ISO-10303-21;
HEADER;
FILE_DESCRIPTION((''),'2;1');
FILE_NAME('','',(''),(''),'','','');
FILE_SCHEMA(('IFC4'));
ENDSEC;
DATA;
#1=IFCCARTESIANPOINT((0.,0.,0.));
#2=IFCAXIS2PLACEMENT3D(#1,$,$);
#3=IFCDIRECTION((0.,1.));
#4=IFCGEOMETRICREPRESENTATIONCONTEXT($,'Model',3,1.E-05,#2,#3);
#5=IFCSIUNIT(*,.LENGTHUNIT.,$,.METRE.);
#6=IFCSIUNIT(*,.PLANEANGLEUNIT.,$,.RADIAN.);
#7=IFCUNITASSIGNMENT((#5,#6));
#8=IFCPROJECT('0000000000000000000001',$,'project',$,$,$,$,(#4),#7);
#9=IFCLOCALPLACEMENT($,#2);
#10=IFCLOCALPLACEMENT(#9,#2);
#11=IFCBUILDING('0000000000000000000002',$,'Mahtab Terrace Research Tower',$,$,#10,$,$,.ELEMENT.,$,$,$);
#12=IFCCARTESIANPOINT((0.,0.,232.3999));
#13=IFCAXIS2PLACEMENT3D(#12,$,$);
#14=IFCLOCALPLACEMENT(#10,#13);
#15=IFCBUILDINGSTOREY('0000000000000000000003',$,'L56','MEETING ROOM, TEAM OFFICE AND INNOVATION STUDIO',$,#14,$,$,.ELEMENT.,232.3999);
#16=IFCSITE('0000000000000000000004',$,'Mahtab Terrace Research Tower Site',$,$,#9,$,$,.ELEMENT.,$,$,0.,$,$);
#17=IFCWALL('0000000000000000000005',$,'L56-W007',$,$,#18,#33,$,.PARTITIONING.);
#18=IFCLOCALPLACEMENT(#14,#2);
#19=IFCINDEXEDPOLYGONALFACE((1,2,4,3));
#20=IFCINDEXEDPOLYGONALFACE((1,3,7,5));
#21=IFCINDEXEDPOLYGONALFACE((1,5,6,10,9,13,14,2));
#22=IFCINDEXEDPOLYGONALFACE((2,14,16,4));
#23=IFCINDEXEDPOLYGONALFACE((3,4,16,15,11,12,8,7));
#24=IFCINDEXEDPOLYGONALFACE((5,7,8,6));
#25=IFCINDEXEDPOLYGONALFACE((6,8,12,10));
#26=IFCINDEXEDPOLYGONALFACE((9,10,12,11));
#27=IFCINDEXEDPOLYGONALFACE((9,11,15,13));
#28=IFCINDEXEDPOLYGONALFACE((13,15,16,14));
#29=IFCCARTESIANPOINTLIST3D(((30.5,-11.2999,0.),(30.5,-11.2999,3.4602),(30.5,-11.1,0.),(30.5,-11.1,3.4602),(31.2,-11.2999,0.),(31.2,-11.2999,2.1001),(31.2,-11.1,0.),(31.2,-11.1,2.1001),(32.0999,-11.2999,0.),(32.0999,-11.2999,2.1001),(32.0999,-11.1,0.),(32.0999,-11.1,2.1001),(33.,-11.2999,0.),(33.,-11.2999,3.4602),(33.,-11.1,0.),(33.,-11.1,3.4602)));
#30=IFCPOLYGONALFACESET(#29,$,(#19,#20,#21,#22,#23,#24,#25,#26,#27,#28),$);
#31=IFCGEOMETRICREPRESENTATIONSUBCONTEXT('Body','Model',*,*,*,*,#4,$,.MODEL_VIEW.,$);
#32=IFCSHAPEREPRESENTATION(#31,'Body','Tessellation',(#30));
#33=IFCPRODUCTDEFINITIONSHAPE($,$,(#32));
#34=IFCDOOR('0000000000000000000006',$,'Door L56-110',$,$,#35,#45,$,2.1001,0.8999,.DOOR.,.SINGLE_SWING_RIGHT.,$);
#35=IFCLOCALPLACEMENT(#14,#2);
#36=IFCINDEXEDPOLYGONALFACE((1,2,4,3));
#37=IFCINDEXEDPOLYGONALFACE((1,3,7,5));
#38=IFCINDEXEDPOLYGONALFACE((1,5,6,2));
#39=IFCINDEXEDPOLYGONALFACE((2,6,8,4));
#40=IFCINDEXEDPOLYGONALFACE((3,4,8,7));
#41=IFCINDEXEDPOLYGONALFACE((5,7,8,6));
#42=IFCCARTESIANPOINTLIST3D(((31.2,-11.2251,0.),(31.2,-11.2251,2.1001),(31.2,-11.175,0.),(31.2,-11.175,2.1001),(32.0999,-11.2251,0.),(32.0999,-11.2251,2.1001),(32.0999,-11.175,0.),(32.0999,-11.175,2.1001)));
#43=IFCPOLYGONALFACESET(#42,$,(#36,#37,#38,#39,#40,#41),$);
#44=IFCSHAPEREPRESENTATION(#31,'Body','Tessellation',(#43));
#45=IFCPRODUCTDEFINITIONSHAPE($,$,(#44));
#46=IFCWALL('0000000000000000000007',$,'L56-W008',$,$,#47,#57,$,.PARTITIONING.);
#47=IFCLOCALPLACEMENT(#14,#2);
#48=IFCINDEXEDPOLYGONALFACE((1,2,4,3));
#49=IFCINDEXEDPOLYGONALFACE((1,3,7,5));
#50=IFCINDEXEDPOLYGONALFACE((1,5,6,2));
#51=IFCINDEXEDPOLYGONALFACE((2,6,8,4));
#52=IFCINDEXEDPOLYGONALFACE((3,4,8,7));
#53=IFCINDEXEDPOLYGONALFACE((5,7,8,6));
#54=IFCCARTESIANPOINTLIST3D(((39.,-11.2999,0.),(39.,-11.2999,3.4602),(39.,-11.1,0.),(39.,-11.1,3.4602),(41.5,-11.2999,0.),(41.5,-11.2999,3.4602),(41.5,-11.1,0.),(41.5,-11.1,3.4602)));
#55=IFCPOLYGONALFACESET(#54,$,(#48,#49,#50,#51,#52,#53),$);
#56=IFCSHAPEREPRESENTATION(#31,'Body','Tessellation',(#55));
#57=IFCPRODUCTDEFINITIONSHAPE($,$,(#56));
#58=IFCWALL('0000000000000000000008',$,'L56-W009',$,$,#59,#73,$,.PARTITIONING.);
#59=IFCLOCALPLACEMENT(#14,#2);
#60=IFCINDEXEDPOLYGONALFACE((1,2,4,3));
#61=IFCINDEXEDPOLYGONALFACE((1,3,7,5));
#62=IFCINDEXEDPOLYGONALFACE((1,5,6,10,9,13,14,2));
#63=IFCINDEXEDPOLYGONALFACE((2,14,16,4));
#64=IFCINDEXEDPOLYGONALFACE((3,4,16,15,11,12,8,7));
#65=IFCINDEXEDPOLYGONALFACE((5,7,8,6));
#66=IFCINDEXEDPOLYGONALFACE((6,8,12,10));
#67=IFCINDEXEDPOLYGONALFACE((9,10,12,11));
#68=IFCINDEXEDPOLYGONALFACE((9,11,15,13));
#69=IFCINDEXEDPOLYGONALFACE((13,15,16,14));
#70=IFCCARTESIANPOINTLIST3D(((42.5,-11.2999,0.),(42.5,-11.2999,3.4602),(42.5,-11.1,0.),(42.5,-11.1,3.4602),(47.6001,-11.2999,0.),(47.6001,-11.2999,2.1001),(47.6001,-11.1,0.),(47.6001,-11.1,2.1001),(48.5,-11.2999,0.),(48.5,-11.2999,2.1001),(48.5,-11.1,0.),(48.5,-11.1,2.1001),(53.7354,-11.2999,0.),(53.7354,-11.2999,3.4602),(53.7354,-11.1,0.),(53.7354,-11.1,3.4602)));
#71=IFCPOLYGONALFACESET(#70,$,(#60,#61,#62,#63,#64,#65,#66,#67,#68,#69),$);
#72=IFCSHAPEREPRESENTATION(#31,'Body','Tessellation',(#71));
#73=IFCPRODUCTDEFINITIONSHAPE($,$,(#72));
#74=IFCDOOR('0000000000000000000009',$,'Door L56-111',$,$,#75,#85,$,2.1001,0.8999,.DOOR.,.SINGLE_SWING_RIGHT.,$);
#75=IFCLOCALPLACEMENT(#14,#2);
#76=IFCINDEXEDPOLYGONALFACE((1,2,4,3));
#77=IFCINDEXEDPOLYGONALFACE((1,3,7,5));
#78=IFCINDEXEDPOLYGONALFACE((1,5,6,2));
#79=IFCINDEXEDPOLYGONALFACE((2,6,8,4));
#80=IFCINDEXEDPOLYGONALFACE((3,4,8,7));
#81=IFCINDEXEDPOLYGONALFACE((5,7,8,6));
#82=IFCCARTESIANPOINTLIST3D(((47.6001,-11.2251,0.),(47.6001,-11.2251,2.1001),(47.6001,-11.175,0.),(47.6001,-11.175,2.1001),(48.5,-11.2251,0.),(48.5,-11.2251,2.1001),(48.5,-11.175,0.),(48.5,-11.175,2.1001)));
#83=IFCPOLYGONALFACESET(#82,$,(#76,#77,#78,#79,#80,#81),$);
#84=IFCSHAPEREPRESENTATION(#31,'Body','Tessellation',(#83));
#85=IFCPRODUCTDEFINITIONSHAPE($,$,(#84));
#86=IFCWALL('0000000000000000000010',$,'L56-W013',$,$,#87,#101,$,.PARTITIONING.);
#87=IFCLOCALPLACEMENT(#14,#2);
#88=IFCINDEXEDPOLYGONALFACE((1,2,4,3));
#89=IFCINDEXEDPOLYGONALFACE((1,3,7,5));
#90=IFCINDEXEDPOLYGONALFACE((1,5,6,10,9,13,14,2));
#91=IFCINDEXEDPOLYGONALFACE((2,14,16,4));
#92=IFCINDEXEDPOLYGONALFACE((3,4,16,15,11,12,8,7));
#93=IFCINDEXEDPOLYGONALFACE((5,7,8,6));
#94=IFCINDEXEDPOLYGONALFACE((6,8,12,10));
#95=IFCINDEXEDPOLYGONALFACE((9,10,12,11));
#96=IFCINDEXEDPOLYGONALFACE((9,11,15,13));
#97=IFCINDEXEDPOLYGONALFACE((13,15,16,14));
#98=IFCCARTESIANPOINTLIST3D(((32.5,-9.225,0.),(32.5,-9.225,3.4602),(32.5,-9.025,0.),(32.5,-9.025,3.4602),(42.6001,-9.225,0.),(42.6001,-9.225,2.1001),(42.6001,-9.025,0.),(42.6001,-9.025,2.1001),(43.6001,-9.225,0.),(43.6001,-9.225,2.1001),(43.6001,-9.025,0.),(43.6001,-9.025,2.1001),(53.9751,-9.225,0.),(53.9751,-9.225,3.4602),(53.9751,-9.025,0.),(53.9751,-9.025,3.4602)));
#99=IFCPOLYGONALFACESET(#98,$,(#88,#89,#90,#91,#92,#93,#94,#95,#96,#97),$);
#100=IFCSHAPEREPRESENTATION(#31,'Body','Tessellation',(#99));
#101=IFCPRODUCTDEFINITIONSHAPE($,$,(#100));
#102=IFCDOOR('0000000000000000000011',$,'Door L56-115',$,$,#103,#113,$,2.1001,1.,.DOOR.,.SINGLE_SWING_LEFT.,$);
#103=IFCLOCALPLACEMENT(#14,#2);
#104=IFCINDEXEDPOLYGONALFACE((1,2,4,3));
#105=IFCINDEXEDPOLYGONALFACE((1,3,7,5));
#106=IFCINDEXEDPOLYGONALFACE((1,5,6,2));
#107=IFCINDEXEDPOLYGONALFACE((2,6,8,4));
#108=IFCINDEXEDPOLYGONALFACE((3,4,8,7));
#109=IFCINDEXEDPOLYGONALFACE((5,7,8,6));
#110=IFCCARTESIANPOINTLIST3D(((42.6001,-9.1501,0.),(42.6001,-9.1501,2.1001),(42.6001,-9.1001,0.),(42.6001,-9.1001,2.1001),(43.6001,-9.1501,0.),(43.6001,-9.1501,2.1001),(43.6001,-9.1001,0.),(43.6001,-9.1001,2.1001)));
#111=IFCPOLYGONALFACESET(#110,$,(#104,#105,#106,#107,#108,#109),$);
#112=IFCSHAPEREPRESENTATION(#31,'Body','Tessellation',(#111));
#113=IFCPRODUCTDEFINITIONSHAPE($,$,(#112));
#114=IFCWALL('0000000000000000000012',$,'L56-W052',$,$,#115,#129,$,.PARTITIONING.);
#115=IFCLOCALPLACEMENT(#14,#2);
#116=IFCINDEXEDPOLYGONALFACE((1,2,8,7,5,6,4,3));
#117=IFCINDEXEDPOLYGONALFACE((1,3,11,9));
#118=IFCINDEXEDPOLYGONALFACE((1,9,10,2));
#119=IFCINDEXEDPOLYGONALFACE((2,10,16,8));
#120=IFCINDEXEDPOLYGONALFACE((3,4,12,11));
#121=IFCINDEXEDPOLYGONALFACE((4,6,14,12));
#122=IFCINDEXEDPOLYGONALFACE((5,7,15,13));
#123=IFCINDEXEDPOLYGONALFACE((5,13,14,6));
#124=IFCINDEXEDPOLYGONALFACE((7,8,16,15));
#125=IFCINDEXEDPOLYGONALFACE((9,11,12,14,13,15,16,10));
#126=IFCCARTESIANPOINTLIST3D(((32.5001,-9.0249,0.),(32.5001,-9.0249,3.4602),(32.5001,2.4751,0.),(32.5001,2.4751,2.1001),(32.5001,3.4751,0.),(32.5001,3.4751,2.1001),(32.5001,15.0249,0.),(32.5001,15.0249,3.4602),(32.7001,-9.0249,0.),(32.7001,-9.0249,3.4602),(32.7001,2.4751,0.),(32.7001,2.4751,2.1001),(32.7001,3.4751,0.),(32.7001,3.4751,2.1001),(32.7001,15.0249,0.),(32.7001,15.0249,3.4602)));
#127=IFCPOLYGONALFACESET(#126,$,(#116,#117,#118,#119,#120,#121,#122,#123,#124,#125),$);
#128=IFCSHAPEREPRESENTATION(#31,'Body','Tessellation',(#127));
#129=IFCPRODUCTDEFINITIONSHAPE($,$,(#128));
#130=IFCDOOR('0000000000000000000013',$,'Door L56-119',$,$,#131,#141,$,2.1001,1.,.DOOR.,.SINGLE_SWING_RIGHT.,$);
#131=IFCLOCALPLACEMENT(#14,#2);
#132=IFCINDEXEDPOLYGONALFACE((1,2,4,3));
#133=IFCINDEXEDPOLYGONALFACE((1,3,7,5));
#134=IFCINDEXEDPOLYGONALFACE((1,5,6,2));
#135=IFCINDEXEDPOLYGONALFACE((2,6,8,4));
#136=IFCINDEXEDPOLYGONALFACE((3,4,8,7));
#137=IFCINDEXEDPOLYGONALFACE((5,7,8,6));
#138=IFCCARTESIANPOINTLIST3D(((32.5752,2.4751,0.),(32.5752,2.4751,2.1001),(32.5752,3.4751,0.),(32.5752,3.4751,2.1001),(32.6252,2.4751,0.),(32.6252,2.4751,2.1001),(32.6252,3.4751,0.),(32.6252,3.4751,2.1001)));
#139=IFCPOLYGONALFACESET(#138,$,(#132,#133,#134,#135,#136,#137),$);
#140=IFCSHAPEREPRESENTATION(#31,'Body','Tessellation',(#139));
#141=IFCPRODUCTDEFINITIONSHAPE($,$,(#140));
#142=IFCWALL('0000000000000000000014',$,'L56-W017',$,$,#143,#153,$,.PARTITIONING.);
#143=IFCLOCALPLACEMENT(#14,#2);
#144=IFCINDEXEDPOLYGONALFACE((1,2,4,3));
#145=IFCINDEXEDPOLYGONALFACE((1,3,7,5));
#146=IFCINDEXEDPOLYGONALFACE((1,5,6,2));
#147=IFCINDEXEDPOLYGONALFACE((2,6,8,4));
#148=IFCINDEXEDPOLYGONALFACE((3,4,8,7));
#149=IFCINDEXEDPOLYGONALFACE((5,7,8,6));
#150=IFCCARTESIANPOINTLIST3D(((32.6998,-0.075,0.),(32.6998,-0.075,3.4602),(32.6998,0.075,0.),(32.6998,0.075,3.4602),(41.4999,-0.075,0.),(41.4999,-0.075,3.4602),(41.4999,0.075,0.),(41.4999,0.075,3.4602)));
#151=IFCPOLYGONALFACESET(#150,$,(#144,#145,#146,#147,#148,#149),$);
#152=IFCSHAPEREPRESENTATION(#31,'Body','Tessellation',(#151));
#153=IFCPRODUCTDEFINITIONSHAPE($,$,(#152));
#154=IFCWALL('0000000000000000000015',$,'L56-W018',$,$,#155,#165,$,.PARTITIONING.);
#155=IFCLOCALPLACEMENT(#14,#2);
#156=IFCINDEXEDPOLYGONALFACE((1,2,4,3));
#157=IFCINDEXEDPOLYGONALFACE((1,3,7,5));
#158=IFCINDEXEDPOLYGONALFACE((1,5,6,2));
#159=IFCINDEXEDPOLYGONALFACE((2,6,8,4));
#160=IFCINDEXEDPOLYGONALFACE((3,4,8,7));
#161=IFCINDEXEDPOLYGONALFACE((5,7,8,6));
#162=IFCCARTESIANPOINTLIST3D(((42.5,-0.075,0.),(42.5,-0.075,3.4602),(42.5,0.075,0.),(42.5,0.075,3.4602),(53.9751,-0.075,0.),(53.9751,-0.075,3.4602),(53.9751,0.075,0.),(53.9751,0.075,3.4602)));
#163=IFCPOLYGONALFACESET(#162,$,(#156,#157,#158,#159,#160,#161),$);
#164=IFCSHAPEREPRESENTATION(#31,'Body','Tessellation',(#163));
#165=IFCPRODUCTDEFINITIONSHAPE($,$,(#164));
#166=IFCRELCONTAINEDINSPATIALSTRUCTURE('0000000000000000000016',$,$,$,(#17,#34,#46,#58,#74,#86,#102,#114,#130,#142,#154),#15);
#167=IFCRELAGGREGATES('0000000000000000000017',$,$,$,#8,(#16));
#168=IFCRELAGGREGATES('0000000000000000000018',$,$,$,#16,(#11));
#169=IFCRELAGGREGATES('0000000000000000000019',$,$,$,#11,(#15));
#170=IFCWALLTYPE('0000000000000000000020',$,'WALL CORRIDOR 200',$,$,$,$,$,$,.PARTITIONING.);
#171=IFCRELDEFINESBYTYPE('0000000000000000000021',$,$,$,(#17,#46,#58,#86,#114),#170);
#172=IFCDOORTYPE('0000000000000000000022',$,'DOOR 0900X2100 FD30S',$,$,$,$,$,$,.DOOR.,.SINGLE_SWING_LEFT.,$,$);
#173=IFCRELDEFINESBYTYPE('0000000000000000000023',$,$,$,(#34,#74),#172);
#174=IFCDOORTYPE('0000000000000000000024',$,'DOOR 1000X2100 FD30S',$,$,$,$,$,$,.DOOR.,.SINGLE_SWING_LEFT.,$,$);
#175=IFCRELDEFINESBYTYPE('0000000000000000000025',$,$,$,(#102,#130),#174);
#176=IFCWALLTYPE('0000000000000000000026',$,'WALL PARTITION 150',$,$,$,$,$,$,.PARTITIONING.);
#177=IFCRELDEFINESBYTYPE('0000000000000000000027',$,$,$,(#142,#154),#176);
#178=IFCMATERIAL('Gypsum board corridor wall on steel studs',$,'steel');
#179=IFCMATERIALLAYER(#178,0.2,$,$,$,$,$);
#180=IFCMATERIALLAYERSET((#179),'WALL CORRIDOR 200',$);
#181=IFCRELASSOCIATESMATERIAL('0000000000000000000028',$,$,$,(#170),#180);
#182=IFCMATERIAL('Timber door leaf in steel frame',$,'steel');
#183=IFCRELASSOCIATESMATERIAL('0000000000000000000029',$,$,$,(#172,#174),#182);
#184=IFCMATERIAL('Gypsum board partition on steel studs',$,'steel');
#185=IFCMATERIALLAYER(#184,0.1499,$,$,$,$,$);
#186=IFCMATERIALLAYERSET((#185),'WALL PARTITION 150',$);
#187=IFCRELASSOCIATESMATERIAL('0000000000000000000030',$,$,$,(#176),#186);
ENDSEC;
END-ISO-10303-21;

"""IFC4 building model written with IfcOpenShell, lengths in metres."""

from ifc_helpers import new_model, si_unit, direction, frame, frame_2d, origin, place, context, subcontext, project, spatial, rectangle, extrude, material, layer, layer_set, type_object, element, fill, save


model = new_model("IFC4")

# Units and contexts
model_context = context("Model", 3, precision=1e-05, world=origin(), true_north=direction((0.0, 1.0)))
body_context = subcontext(model_context, "Body", "Model", "MODEL_VIEW")
ifc_project = project(units=[si_unit("LENGTHUNIT", "METRE"), si_unit("PLANEANGLEUNIT", "RADIAN")], contexts=[model_context])

# Site, building, storey
site_placement = place(None, origin())
site = spatial("IfcSite", under=ifc_project, at=site_placement, Name="Mahtab Terrace Research Tower Site", CompositionType="ELEMENT", RefElevation=0.0)
building_placement = place(site_placement, origin())
building = spatial("IfcBuilding", under=site, at=building_placement, Name="Mahtab Terrace Research Tower", CompositionType="ELEMENT")
storey_placement = place(building_placement, frame((0.0, 0.0, 232.3999)))
storey = spatial("IfcBuildingStorey", under=building, at=storey_placement, Name="L56", Description="MEETING ROOM, TEAM OFFICE AND INNOVATION STUDIO", CompositionType="ELEMENT", Elevation=232.3999)

# Wall, opening, door
ifc_material_1 = material(Name="Gypsum board corridor wall on steel studs", Category="steel")
ifc_layer_1 = layer(ifc_material_1, 0.2)
ifc_layer_set_1 = layer_set([ifc_layer_1], Name="WALL CORRIDOR 200")
wall_type_1 = type_object("IfcWallType", Name="WALL CORRIDOR 200", PredefinedType="PARTITIONING", material=ifc_layer_set_1)
wall_1_placement = place(storey_placement, frame((30.5, -11.2, 0.0), z_axis=(0.0, 0.0, 1.0), x_axis=(1.0, 0.0, 0.0)))
wall_1 = element("IfcWall", 1, at=wall_1_placement, inside=storey, type_object=wall_type_1, Name="L56-W007", PredefinedType="PARTITIONING", context=body_context, shape_type="SweptSolid", body=[
    extrude(rectangle(XDim=2.5, YDim=0.2, at=frame_2d((1.25, 0.0))), origin(), (0.0, 0.0, 1.0), 3.4602),
])
opening_1_placement = place(wall_1_placement, frame((0.7, 0.0, 0.0)))
opening_1 = element("IfcOpeningElement", 2, at=opening_1_placement, cuts=wall_1, PredefinedType="OPENING", context=body_context, shape_type="SweptSolid", body=[
    extrude(rectangle(XDim=0.8999, YDim=2.1001, at=frame_2d((0.45, 1.05))), frame((0.0, 0.1099, 0.0), z_axis=(0.0, -1.0, 0.0), x_axis=(1.0, 0.0, 0.0)), (0.0, 0.0, 1.0), 0.22),
])
ifc_material_2 = material(Name="Timber door leaf in steel frame", Category="steel")
door_type_1 = type_object("IfcDoorType", Name="DOOR 0900X2100 FD30S", OperationType="SINGLE_SWING_LEFT", PredefinedType="DOOR", material=ifc_material_2)
door_1_placement = place(opening_1_placement, origin())
door_1 = element("IfcDoor", 3, at=door_1_placement, inside=storey, type_object=door_type_1, Name="Door L56-110", OperationType="SINGLE_SWING_RIGHT", OverallHeight=2.1001, OverallWidth=0.8999, PredefinedType="DOOR", context=body_context, shape_type="SweptSolid", body=[
    extrude(rectangle(XDim=0.8999, YDim=2.1001, at=frame_2d((0.45, 1.05))), frame((0.0, 0.0249, 0.0), z_axis=(0.0, -1.0, 0.0), x_axis=(1.0, 0.0, 0.0)), (0.0, 0.0, 1.0), 0.05),
])
fill(opening_1, door_1)

# Wall
wall_2_placement = place(storey_placement, frame((39.0, -11.2, 0.0), z_axis=(0.0, 0.0, 1.0), x_axis=(1.0, 0.0, 0.0)))
element("IfcWall", 4, at=wall_2_placement, inside=storey, type_object=wall_type_1, Name="L56-W008", PredefinedType="PARTITIONING", context=body_context, shape_type="SweptSolid", body=[
    extrude(rectangle(XDim=2.5, YDim=0.2, at=frame_2d((1.25, 0.0))), origin(), (0.0, 0.0, 1.0), 3.4602),
])

# Walls, openings, doors
wall_3_placement = place(storey_placement, frame((42.5, -11.2, 0.0), z_axis=(0.0, 0.0, 1.0), x_axis=(1.0, 0.0, 0.0)))
wall_3 = element("IfcWall", 5, at=wall_3_placement, inside=storey, type_object=wall_type_1, Name="L56-W009", PredefinedType="PARTITIONING", context=body_context, shape_type="SweptSolid", body=[
    extrude(rectangle(XDim=11.2354, YDim=0.2, at=frame_2d((5.6177, 0.0))), origin(), (0.0, 0.0, 1.0), 3.4602),
])
opening_2_placement = place(wall_3_placement, frame((5.1001, 0.0, 0.0)))
opening_2 = element("IfcOpeningElement", 6, at=opening_2_placement, cuts=wall_3, PredefinedType="OPENING", context=body_context, shape_type="SweptSolid", body=[
    extrude(rectangle(XDim=0.8999, YDim=2.1001, at=frame_2d((0.45, 1.05))), frame((0.0, 0.1099, 0.0), z_axis=(0.0, -1.0, 0.0), x_axis=(1.0, 0.0, 0.0)), (0.0, 0.0, 1.0), 0.22),
])
door_2_placement = place(opening_2_placement, origin())
door_2 = element("IfcDoor", 7, at=door_2_placement, inside=storey, type_object=door_type_1, Name="Door L56-111", OperationType="SINGLE_SWING_RIGHT", OverallHeight=2.1001, OverallWidth=0.8999, PredefinedType="DOOR", context=body_context, shape_type="SweptSolid", body=[
    extrude(rectangle(XDim=0.8999, YDim=2.1001, at=frame_2d((0.45, 1.05))), frame((0.0, 0.0249, 0.0), z_axis=(0.0, -1.0, 0.0), x_axis=(1.0, 0.0, 0.0)), (0.0, 0.0, 1.0), 0.05),
])
fill(opening_2, door_2)
wall_4_placement = place(storey_placement, frame((32.5, -9.125, 0.0), z_axis=(0.0, 0.0, 1.0), x_axis=(1.0, 0.0, 0.0)))
wall_4 = element("IfcWall", 8, at=wall_4_placement, inside=storey, type_object=wall_type_1, Name="L56-W013", PredefinedType="PARTITIONING", context=body_context, shape_type="SweptSolid", body=[
    extrude(rectangle(XDim=21.4751, YDim=0.2, at=frame_2d((10.7375, 0.0))), origin(), (0.0, 0.0, 1.0), 3.4602),
])
opening_3_placement = place(wall_4_placement, frame((10.1001, 0.0, 0.0)))
opening_3 = element("IfcOpeningElement", 9, at=opening_3_placement, cuts=wall_4, PredefinedType="OPENING", context=body_context, shape_type="SweptSolid", body=[
    extrude(rectangle(XDim=1.0, YDim=2.1001, at=frame_2d((0.5, 1.05))), frame((0.0, 0.1099, 0.0), z_axis=(0.0, -1.0, 0.0), x_axis=(1.0, 0.0, 0.0)), (0.0, 0.0, 1.0), 0.22),
])
door_type_2 = type_object("IfcDoorType", Name="DOOR 1000X2100 FD30S", OperationType="SINGLE_SWING_LEFT", PredefinedType="DOOR", material=ifc_material_2)
door_3_placement = place(opening_3_placement, origin())
door_3 = element("IfcDoor", 10, at=door_3_placement, inside=storey, type_object=door_type_2, Name="Door L56-115", OperationType="SINGLE_SWING_LEFT", OverallHeight=2.1001, OverallWidth=1.0, PredefinedType="DOOR", context=body_context, shape_type="SweptSolid", body=[
    extrude(rectangle(XDim=1.0, YDim=2.1001, at=frame_2d((0.5, 1.05))), frame((0.0, 0.0249, 0.0), z_axis=(0.0, -1.0, 0.0), x_axis=(1.0, 0.0, 0.0)), (0.0, 0.0, 1.0), 0.05),
])
fill(opening_3, door_3)
wall_5_placement = place(storey_placement, frame((32.6001, -9.0249, 0.0), z_axis=(0.0, 0.0, 1.0), x_axis=(0.0, 1.0, 0.0)))
wall_5 = element("IfcWall", 11, at=wall_5_placement, inside=storey, type_object=wall_type_1, Name="L56-W052", PredefinedType="PARTITIONING", context=body_context, shape_type="SweptSolid", body=[
    extrude(rectangle(XDim=24.0498, YDim=0.2, at=frame_2d((12.0249, 0.0))), origin(), (0.0, 0.0, 1.0), 3.4602),
])
opening_4_placement = place(wall_5_placement, frame((11.5, 0.0, 0.0)))
opening_4 = element("IfcOpeningElement", 12, at=opening_4_placement, cuts=wall_5, PredefinedType="OPENING", context=body_context, shape_type="SweptSolid", body=[
    extrude(rectangle(XDim=1.0, YDim=2.1001, at=frame_2d((0.5, 1.05))), frame((0.0, 0.1099, 0.0), z_axis=(0.0, -1.0, 0.0), x_axis=(1.0, 0.0, 0.0)), (0.0, 0.0, 1.0), 0.22),
])
door_4_placement = place(opening_4_placement, origin())
door_4 = element("IfcDoor", 13, at=door_4_placement, inside=storey, type_object=door_type_2, Name="Door L56-119", OperationType="SINGLE_SWING_RIGHT", OverallHeight=2.1001, OverallWidth=1.0, PredefinedType="DOOR", context=body_context, shape_type="SweptSolid", body=[
    extrude(rectangle(XDim=1.0, YDim=2.1001, at=frame_2d((0.5, 1.05))), frame((0.0, 0.0249, 0.0), z_axis=(0.0, -1.0, 0.0), x_axis=(1.0, 0.0, 0.0)), (0.0, 0.0, 1.0), 0.05),
])
fill(opening_4, door_4)

# Walls
ifc_material_3 = material(Name="Gypsum board partition on steel studs", Category="steel")
ifc_layer_2 = layer(ifc_material_3, 0.1499)
ifc_layer_set_2 = layer_set([ifc_layer_2], Name="WALL PARTITION 150")
wall_type_2 = type_object("IfcWallType", Name="WALL PARTITION 150", PredefinedType="PARTITIONING", material=ifc_layer_set_2)
wall_6_placement = place(storey_placement, frame((32.7, 0.0, 0.0), z_axis=(0.0, 0.0, 1.0), x_axis=(1.0, 0.0, 0.0)))
element("IfcWall", 14, at=wall_6_placement, inside=storey, type_object=wall_type_2, Name="L56-W017", PredefinedType="PARTITIONING", context=body_context, shape_type="SweptSolid", body=[
    extrude(rectangle(XDim=8.8, YDim=0.1499, at=frame_2d((4.3999, 0.0))), origin(), (0.0, 0.0, 1.0), 3.4602),
])
wall_7_placement = place(storey_placement, frame((42.5, 0.0, 0.0), z_axis=(0.0, 0.0, 1.0), x_axis=(1.0, 0.0, 0.0)))
element("IfcWall", 15, at=wall_7_placement, inside=storey, type_object=wall_type_2, Name="L56-W018", PredefinedType="PARTITIONING", context=body_context, shape_type="SweptSolid", body=[
    extrude(rectangle(XDim=11.4751, YDim=0.1499, at=frame_2d((5.7375, 0.0))), origin(), (0.0, 0.0, 1.0), 3.4602),
])

save(model, "model.ifc")
